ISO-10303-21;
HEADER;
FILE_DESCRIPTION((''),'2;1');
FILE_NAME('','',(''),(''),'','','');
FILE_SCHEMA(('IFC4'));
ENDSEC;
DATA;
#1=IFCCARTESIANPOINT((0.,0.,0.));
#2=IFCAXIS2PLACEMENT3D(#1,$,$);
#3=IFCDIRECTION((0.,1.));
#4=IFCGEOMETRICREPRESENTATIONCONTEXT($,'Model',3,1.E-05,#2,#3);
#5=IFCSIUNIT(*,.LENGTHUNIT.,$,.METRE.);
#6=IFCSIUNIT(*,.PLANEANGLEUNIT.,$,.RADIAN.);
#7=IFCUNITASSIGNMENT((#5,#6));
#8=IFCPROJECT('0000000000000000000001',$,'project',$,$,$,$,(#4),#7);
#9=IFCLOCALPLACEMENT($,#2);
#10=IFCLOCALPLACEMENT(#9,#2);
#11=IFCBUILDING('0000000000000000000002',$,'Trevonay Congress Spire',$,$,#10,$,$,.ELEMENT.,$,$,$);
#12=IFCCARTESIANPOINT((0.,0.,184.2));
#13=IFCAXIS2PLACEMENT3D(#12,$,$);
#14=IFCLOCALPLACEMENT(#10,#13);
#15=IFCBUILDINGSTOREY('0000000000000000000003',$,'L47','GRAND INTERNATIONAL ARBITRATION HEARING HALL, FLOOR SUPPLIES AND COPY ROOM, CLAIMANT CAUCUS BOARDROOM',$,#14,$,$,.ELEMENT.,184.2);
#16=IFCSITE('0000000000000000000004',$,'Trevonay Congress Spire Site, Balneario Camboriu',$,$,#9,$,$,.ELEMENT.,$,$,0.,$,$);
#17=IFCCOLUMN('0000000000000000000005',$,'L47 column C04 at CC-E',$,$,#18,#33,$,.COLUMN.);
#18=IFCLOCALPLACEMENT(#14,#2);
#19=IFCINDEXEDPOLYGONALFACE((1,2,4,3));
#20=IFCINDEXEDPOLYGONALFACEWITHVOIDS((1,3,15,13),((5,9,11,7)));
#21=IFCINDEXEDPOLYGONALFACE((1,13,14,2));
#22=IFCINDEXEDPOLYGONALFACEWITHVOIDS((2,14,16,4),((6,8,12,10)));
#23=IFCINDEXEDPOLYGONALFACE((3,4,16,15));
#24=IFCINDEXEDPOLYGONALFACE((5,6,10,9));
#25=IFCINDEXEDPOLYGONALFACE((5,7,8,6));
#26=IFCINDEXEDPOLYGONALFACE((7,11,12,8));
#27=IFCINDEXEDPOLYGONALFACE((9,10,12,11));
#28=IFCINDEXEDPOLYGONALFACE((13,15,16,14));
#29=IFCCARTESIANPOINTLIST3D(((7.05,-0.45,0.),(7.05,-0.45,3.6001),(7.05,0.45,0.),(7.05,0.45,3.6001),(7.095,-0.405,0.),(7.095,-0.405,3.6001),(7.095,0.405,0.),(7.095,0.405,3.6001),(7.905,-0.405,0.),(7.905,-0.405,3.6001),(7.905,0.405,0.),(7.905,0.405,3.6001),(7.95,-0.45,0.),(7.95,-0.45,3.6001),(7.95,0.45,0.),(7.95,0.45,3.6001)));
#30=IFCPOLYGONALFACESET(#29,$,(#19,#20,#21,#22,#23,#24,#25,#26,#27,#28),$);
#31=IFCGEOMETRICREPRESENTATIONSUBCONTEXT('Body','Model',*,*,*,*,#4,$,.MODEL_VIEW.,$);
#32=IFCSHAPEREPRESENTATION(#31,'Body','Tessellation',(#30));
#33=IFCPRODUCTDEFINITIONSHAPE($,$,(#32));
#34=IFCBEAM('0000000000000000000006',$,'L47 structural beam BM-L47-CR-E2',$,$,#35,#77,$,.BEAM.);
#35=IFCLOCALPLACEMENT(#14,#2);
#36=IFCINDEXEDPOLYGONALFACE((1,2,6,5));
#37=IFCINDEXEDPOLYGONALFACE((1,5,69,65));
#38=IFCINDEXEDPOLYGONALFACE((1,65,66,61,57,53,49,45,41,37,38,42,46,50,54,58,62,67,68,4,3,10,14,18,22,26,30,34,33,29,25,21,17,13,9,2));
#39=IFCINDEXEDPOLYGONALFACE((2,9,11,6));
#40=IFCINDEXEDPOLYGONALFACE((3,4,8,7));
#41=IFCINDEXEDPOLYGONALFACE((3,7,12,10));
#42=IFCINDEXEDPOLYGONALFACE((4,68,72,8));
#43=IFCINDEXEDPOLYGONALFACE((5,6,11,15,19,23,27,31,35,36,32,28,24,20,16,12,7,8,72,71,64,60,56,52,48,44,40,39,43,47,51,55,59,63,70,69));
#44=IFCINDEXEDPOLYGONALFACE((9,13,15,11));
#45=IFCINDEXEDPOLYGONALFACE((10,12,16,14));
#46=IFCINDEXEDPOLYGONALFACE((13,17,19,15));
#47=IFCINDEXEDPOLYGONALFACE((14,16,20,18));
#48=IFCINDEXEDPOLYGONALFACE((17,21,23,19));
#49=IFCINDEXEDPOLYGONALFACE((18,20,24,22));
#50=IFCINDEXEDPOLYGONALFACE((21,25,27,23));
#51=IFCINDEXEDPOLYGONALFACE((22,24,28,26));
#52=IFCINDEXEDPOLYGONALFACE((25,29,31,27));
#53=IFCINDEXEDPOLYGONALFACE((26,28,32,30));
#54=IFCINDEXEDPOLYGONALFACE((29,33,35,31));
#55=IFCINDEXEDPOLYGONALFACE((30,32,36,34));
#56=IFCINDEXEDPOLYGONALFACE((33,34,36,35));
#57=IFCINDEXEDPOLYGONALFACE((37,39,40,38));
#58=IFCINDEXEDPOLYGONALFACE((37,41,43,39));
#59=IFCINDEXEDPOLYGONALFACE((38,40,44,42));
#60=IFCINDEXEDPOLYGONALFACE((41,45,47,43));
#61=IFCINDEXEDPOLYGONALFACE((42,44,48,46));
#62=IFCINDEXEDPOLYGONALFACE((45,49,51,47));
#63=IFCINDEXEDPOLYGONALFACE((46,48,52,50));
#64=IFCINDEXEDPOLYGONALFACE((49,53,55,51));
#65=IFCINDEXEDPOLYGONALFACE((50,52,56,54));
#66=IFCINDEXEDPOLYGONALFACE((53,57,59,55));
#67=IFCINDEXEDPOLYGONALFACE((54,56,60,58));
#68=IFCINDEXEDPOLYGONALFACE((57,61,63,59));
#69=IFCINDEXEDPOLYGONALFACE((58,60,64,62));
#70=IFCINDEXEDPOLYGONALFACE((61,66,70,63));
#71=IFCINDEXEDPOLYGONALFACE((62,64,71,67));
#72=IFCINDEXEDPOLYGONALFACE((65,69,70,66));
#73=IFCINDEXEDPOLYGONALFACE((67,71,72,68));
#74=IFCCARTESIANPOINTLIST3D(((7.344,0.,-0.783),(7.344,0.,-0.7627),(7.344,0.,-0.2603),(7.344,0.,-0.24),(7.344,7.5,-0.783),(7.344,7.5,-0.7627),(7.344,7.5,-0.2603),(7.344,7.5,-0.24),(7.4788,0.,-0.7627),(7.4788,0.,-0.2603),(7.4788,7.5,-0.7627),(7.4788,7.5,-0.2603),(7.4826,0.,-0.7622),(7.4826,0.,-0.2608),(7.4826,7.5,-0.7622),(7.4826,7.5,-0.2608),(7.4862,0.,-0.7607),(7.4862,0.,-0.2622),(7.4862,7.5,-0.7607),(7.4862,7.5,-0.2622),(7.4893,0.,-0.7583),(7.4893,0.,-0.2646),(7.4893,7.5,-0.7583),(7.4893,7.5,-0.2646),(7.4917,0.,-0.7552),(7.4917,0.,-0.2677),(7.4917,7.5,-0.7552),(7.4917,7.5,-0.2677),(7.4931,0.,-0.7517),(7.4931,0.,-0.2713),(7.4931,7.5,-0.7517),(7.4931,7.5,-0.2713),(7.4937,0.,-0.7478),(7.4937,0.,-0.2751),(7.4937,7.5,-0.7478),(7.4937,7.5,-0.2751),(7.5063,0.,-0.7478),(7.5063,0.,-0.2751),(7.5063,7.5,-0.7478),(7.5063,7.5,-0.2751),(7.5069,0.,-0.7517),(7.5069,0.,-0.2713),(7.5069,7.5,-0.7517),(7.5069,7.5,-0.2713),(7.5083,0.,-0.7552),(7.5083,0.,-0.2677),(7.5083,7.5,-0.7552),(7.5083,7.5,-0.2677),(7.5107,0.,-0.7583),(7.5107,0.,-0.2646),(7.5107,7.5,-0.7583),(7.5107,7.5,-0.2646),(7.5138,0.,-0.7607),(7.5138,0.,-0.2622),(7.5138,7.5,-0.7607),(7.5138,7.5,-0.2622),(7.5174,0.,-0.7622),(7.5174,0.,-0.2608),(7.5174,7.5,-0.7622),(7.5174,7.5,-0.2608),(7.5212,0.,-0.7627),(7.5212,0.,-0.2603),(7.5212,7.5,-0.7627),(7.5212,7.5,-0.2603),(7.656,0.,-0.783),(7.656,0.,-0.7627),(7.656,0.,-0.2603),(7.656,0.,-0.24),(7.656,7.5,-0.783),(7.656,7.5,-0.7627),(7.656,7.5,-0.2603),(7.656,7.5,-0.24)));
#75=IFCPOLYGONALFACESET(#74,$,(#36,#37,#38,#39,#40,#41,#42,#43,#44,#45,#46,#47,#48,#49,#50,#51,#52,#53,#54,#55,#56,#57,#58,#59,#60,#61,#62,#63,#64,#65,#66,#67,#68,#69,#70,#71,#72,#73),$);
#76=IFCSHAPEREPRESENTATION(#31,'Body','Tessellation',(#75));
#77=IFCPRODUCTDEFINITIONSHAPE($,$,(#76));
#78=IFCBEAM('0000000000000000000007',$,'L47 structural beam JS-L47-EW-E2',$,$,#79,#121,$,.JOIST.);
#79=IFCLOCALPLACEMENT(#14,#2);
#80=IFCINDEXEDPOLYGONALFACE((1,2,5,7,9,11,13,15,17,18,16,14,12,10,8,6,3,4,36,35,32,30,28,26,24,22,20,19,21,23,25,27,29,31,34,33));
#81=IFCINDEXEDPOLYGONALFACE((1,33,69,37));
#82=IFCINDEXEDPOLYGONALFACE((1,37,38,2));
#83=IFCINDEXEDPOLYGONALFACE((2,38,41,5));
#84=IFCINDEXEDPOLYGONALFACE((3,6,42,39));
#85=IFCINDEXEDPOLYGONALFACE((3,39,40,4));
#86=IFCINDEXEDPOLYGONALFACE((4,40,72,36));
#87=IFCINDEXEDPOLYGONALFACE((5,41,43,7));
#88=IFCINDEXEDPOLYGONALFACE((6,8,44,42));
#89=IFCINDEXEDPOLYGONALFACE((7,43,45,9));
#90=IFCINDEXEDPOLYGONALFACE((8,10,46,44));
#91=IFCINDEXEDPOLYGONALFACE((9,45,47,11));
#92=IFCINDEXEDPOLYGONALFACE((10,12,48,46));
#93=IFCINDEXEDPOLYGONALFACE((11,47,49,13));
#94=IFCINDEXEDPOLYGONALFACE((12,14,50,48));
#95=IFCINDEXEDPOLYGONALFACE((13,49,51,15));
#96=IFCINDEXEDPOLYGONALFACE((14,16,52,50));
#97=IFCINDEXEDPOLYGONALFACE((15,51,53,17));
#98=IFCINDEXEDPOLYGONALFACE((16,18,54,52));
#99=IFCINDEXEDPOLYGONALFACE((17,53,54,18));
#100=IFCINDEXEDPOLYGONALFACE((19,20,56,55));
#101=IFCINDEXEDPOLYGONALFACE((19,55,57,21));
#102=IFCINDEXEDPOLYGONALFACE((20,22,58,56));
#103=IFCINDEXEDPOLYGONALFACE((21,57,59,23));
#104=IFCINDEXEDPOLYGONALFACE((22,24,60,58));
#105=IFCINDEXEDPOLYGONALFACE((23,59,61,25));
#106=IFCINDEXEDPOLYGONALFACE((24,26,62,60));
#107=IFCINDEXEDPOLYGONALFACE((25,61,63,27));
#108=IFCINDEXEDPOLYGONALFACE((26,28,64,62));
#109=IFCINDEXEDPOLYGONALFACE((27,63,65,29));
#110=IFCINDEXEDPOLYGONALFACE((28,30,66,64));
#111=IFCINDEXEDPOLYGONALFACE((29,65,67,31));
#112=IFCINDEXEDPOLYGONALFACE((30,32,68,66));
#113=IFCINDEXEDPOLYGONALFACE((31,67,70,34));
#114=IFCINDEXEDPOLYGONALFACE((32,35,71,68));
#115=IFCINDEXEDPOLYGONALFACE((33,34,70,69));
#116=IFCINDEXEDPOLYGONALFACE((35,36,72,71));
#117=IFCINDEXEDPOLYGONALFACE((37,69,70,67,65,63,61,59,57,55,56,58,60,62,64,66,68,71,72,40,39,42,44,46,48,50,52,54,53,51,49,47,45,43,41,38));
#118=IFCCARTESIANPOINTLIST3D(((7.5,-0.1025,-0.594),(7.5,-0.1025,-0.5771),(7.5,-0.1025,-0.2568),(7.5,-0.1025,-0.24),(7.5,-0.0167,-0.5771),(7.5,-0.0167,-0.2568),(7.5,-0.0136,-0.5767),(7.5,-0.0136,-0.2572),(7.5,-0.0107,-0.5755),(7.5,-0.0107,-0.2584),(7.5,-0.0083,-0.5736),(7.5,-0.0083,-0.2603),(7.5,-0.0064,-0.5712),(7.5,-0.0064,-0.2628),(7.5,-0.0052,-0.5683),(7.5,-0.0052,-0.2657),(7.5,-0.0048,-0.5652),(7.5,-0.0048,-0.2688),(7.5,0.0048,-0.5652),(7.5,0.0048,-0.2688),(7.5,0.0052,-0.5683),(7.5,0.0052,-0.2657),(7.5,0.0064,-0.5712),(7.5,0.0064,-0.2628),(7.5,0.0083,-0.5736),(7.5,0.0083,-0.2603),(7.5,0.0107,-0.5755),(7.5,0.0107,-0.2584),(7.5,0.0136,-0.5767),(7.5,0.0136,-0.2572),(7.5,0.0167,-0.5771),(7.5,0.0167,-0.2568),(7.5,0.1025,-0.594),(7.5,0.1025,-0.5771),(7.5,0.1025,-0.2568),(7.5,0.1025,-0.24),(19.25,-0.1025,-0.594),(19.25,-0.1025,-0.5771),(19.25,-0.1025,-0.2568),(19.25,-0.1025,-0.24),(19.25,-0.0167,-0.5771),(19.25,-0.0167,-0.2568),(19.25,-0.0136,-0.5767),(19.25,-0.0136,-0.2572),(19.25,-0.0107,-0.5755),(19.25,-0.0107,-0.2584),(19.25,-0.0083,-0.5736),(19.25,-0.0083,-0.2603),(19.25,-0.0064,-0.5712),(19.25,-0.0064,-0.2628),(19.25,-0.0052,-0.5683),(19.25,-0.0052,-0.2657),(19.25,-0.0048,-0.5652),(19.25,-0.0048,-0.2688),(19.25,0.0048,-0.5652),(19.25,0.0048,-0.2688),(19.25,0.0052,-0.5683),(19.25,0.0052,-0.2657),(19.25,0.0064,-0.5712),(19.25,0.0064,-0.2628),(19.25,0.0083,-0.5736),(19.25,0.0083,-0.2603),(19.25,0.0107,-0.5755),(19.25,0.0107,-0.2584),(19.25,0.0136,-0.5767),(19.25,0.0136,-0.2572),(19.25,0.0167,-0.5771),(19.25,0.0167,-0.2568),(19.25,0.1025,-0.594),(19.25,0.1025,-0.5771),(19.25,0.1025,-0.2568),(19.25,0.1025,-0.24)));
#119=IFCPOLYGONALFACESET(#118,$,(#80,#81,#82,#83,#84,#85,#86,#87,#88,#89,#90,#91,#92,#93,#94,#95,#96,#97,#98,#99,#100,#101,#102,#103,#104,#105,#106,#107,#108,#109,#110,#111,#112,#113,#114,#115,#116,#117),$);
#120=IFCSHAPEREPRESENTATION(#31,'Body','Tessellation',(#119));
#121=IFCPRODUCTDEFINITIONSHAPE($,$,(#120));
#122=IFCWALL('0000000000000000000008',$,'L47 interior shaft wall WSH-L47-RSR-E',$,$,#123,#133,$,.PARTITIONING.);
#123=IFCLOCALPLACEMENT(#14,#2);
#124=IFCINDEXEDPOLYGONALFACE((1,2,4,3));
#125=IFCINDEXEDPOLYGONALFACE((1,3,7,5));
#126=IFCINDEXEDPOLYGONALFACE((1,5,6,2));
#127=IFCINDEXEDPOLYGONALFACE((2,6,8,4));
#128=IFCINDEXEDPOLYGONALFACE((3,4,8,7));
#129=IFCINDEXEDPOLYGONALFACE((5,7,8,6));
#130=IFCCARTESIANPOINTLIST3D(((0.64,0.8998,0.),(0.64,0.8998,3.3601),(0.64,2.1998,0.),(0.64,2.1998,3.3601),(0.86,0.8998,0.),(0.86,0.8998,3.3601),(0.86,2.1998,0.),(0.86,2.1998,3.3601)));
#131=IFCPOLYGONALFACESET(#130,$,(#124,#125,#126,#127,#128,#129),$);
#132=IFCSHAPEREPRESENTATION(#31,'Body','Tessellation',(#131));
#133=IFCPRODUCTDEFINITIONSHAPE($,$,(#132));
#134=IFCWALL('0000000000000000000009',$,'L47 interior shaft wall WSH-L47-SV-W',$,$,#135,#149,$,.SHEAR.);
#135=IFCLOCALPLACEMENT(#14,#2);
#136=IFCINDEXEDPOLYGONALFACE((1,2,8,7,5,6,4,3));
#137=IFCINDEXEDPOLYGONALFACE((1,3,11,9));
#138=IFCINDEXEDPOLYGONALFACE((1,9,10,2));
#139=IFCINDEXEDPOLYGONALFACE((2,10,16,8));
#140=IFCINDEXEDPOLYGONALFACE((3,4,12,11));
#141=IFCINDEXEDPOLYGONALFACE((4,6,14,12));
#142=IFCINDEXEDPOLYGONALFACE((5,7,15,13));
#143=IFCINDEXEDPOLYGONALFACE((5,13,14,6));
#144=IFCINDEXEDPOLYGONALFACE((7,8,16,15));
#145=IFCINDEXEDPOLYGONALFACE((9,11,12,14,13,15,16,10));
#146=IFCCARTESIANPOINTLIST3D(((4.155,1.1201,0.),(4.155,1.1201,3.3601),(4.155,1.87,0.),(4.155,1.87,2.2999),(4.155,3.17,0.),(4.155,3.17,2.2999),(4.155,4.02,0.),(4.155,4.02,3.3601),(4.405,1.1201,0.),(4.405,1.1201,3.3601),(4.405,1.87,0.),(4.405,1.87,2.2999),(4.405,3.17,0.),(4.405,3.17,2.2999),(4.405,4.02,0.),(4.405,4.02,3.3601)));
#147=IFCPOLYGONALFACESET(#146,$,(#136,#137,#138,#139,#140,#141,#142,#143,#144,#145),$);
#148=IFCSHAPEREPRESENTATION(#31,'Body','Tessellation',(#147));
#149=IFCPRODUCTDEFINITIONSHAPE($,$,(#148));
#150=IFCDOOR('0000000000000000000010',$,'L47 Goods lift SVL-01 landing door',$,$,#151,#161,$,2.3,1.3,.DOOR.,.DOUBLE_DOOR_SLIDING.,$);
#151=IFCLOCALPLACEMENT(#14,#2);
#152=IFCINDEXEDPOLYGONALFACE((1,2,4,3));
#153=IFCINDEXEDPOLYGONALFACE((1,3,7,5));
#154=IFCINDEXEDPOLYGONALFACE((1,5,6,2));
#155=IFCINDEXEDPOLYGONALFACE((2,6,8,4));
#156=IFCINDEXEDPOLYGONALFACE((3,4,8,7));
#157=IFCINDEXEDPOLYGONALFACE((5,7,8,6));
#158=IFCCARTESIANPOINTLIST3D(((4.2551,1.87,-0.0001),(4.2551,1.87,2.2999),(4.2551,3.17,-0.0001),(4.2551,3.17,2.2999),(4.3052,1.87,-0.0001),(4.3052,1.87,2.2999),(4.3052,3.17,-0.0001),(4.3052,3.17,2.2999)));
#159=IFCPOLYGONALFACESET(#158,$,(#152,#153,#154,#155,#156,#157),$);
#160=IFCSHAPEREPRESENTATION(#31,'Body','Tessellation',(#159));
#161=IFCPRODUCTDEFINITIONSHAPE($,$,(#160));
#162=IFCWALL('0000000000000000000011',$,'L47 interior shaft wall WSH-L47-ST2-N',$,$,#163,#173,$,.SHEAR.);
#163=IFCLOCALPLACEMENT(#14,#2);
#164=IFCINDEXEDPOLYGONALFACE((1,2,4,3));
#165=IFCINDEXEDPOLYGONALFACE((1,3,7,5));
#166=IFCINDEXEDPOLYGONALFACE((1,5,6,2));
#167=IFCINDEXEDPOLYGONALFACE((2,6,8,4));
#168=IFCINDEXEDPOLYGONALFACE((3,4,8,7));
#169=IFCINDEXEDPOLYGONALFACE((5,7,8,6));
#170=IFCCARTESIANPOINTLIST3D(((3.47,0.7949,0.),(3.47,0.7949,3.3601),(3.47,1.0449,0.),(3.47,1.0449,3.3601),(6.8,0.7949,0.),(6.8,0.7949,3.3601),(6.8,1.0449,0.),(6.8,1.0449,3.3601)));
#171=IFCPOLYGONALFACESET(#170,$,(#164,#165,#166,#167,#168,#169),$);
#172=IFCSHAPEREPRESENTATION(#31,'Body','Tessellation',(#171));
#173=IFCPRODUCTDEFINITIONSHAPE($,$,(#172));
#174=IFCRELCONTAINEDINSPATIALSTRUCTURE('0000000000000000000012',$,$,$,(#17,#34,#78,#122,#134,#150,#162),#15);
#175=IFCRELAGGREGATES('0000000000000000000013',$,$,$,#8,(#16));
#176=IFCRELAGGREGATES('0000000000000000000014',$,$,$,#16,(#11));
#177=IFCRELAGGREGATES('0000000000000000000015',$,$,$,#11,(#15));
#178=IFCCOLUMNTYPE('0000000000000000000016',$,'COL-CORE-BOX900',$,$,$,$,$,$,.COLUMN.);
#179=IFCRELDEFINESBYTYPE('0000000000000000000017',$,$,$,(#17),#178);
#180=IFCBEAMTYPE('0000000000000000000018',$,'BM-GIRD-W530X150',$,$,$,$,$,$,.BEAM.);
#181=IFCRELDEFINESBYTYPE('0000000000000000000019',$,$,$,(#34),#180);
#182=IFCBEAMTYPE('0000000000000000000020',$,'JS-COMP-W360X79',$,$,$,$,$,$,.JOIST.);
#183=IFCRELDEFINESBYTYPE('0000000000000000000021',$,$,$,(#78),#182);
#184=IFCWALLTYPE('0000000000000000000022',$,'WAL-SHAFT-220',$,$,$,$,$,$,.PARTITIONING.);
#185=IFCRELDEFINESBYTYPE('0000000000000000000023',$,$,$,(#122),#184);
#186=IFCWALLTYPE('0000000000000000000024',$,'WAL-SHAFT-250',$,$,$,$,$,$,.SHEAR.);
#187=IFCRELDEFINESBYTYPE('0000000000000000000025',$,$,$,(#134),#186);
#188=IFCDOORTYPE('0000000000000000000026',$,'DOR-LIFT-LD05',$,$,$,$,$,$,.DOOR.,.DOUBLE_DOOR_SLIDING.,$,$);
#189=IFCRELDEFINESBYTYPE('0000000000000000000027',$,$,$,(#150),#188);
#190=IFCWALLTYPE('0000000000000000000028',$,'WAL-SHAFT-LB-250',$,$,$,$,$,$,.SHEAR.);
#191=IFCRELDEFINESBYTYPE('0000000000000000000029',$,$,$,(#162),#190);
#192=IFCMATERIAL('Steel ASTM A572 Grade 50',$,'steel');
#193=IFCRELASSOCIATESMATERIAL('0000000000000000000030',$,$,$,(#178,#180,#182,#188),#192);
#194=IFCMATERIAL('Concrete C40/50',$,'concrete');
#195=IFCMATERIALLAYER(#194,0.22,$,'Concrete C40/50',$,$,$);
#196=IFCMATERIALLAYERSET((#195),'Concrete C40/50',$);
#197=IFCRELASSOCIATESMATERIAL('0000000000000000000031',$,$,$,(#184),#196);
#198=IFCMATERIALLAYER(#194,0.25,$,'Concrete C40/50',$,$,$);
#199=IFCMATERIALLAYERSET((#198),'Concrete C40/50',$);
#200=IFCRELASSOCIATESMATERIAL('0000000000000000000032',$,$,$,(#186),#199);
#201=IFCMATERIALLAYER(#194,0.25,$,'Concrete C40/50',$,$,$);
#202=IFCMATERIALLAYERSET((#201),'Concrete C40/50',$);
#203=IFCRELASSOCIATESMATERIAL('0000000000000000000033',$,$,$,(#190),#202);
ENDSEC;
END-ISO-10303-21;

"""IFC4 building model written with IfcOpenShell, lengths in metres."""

from ifc_helpers import new_model, si_unit, direction, frame, frame_2d, origin, origin_2d, place, context, subcontext, project, spatial, rectangle, hollow_rectangle, i_section, extrude, material, layer, layer_set, material_profile, profile_set, type_object, element, fill, save


model = new_model("IFC4")

# Units and contexts
model_context = context("Model", 3, precision=1e-05, world=origin(), true_north=direction((0.0, 1.0)))
body_context = subcontext(model_context, "Body", "Model", "MODEL_VIEW")
ifc_project = project(units=[si_unit("LENGTHUNIT", "METRE"), si_unit("PLANEANGLEUNIT", "RADIAN")], contexts=[model_context])

# Site, building, storey
site_placement = place(None, origin())
site = spatial("IfcSite", under=ifc_project, at=site_placement, Name="Trevonay Congress Spire Site, Balneario Camboriu", CompositionType="ELEMENT", RefElevation=0.0)
building_placement = place(site_placement, origin())
building = spatial("IfcBuilding", under=site, at=building_placement, Name="Trevonay Congress Spire", CompositionType="ELEMENT")
storey_placement = place(building_placement, frame((0.0, 0.0, 184.2)))
storey = spatial("IfcBuildingStorey", under=building, at=storey_placement, Name="L47", Description="GRAND INTERNATIONAL ARBITRATION HEARING HALL, FLOOR SUPPLIES AND COPY ROOM, CLAIMANT CAUCUS BOARDROOM", CompositionType="ELEMENT", Elevation=184.2)

# Column
ifc_material_1 = material(Name="Steel ASTM A572 Grade 50", Category="steel")
ifc_material_profile_1 = material_profile(ifc_material_1, hollow_rectangle(XDim=0.8999, YDim=0.8999, WallThickness=0.0449, at=origin_2d()), Name="BOX 900x900x45")
ifc_profile_set_1 = profile_set([ifc_material_profile_1], Name="Steel ASTM A572 Grade 50")
column_type = type_object("IfcColumnType", Name="COL-CORE-BOX900", PredefinedType="COLUMN", material=ifc_profile_set_1)
column_placement = place(storey_placement, frame((7.5, 0.0, 0.0), z_axis=(0.0, 0.0, 1.0), x_axis=(1.0, 0.0, 0.0)))
element("IfcColumn", 1, at=column_placement, inside=storey, type_object=column_type, Name="L47 column C04 at CC-E", PredefinedType="COLUMN", context=body_context, shape_type="SweptSolid", body=[
    extrude(hollow_rectangle(XDim=0.8999, YDim=0.8999, WallThickness=0.0449, at=origin_2d()), origin(), (0.0, 0.0, 1.0), 3.6001),
])

# Beams
ifc_material_profile_2 = material_profile(ifc_material_1, i_section(OverallWidth=0.312, OverallDepth=0.543, WebThickness=0.0127, FlangeThickness=0.0203, FilletRadius=0.0149, at=origin_2d()), Name="W530x150")
ifc_profile_set_2 = profile_set([ifc_material_profile_2], Name="Steel ASTM A572 Grade 50")
beam_type_1 = type_object("IfcBeamType", Name="BM-GIRD-W530X150", PredefinedType="BEAM", material=ifc_profile_set_2)
beam_1_placement = place(storey_placement, frame((7.5, 0.0, -0.5115), z_axis=(0.0, 1.0, 0.0), x_axis=(-1.0, 0.0, 0.0)))
element("IfcBeam", 2, at=beam_1_placement, inside=storey, type_object=beam_type_1, Name="L47 structural beam BM-L47-CR-E2", PredefinedType="BEAM", context=body_context, shape_type="SweptSolid", body=[
    extrude(i_section(OverallWidth=0.312, OverallDepth=0.543, WebThickness=0.0127, FlangeThickness=0.0203, FilletRadius=0.0149, at=origin_2d()), origin(), (0.0, 0.0, 1.0), 7.5),
])
ifc_material_profile_3 = material_profile(ifc_material_1, i_section(OverallWidth=0.2051, OverallDepth=0.354, WebThickness=0.0095, FlangeThickness=0.0168, FilletRadius=0.012, at=origin_2d()), Name="W360x79")
ifc_profile_set_3 = profile_set([ifc_material_profile_3], Name="Steel ASTM A572 Grade 50")
beam_type_2 = type_object("IfcBeamType", Name="JS-COMP-W360X79", PredefinedType="JOIST", material=ifc_profile_set_3)
beam_2_placement = place(storey_placement, frame((7.5, 0.0, -0.417), z_axis=(1.0, 0.0, 0.0), x_axis=(0.0, 1.0, 0.0)))
element("IfcBeam", 3, at=beam_2_placement, inside=storey, type_object=beam_type_2, Name="L47 structural beam JS-L47-EW-E2", PredefinedType="JOIST", context=body_context, shape_type="SweptSolid", body=[
    extrude(i_section(OverallWidth=0.2051, OverallDepth=0.354, WebThickness=0.0095, FlangeThickness=0.0168, FilletRadius=0.012, at=origin_2d()), origin(), (0.0, 0.0, 1.0), 11.75),
])

# Wall
ifc_material_2 = material(Name="Concrete C40/50", Category="concrete")
ifc_layer_1 = layer(ifc_material_2, 0.22, Name="Concrete C40/50")
ifc_layer_set_1 = layer_set([ifc_layer_1], Name="Concrete C40/50")
wall_type_1 = type_object("IfcWallType", Name="WAL-SHAFT-220", PredefinedType="PARTITIONING", material=ifc_layer_set_1)
wall_1_placement = place(storey_placement, frame((0.75, 0.8999, 0.0), z_axis=(0.0, 0.0, 1.0), x_axis=(0.0, 1.0, 0.0)))
element("IfcWall", 4, at=wall_1_placement, inside=storey, type_object=wall_type_1, Name="L47 interior shaft wall WSH-L47-RSR-E", PredefinedType="PARTITIONING", context=body_context, shape_type="SweptSolid", body=[
    extrude(rectangle(XDim=1.3, YDim=0.22, at=frame_2d((0.6499, 0.0))), origin(), (0.0, 0.0, 1.0), 3.3601),
])

# Wall, opening, door
ifc_layer_2 = layer(ifc_material_2, 0.25, Name="Concrete C40/50")
ifc_layer_set_2 = layer_set([ifc_layer_2], Name="Concrete C40/50")
wall_type_2 = type_object("IfcWallType", Name="WAL-SHAFT-250", PredefinedType="SHEAR", material=ifc_layer_set_2)
wall_2_placement = place(storey_placement, frame((4.28, 1.1201, 0.0), z_axis=(0.0, 0.0, 1.0), x_axis=(0.0, 1.0, 0.0)))
wall_2 = element("IfcWall", 5, at=wall_2_placement, inside=storey, type_object=wall_type_2, Name="L47 interior shaft wall WSH-L47-SV-W", PredefinedType="SHEAR", context=body_context, shape_type="SweptSolid", body=[
    extrude(rectangle(XDim=2.8999, YDim=0.25, at=frame_2d((1.45, 0.0))), origin(), (0.0, 0.0, 1.0), 3.3601),
])
opening_placement = place(wall_2_placement, frame((0.75, 0.0, 0.0)))
opening = element("IfcOpeningElement", 6, at=opening_placement, cuts=wall_2, PredefinedType="OPENING", context=body_context, shape_type="SweptSolid", body=[
    extrude(rectangle(XDim=1.3, YDim=2.3, at=frame_2d((0.6499, 1.1499))), frame((0.0, 0.135, 0.0), z_axis=(0.0, -1.0, 0.0), x_axis=(1.0, 0.0, 0.0)), (0.0, 0.0, 1.0), 0.27),
])
door_type = type_object("IfcDoorType", Name="DOR-LIFT-LD05", OperationType="DOUBLE_DOOR_SLIDING", PredefinedType="DOOR", material=ifc_material_1)
door_placement = place(opening_placement, origin())
door = element("IfcDoor", 7, at=door_placement, inside=storey, type_object=door_type, Name="L47 Goods lift SVL-01 landing door", OperationType="DOUBLE_DOOR_SLIDING", OverallHeight=2.3, OverallWidth=1.3, PredefinedType="DOOR", context=body_context, shape_type="SweptSolid", body=[
    extrude(rectangle(XDim=1.3, YDim=2.3, at=frame_2d((0.6499, 1.1499))), frame((0.0, 0.0249, 0.0), z_axis=(0.0, -1.0, 0.0), x_axis=(1.0, 0.0, 0.0)), (0.0, 0.0, 1.0), 0.05),
])
fill(opening, door)

# Wall
ifc_layer_3 = layer(ifc_material_2, 0.25, Name="Concrete C40/50")
ifc_layer_set_3 = layer_set([ifc_layer_3], Name="Concrete C40/50")
wall_type_3 = type_object("IfcWallType", Name="WAL-SHAFT-LB-250", PredefinedType="SHEAR", material=ifc_layer_set_3)
wall_3_placement = place(storey_placement, frame((3.47, 0.9199, 0.0), z_axis=(0.0, 0.0, 1.0), x_axis=(1.0, 0.0, 0.0)))
element("IfcWall", 8, at=wall_3_placement, inside=storey, type_object=wall_type_3, Name="L47 interior shaft wall WSH-L47-ST2-N", PredefinedType="SHEAR", context=body_context, shape_type="SweptSolid", body=[
    extrude(rectangle(XDim=3.3301, YDim=0.25, at=frame_2d((1.665, 0.0))), origin(), (0.0, 0.0, 1.0), 3.3601),
])

save(model, "model.ifc")
